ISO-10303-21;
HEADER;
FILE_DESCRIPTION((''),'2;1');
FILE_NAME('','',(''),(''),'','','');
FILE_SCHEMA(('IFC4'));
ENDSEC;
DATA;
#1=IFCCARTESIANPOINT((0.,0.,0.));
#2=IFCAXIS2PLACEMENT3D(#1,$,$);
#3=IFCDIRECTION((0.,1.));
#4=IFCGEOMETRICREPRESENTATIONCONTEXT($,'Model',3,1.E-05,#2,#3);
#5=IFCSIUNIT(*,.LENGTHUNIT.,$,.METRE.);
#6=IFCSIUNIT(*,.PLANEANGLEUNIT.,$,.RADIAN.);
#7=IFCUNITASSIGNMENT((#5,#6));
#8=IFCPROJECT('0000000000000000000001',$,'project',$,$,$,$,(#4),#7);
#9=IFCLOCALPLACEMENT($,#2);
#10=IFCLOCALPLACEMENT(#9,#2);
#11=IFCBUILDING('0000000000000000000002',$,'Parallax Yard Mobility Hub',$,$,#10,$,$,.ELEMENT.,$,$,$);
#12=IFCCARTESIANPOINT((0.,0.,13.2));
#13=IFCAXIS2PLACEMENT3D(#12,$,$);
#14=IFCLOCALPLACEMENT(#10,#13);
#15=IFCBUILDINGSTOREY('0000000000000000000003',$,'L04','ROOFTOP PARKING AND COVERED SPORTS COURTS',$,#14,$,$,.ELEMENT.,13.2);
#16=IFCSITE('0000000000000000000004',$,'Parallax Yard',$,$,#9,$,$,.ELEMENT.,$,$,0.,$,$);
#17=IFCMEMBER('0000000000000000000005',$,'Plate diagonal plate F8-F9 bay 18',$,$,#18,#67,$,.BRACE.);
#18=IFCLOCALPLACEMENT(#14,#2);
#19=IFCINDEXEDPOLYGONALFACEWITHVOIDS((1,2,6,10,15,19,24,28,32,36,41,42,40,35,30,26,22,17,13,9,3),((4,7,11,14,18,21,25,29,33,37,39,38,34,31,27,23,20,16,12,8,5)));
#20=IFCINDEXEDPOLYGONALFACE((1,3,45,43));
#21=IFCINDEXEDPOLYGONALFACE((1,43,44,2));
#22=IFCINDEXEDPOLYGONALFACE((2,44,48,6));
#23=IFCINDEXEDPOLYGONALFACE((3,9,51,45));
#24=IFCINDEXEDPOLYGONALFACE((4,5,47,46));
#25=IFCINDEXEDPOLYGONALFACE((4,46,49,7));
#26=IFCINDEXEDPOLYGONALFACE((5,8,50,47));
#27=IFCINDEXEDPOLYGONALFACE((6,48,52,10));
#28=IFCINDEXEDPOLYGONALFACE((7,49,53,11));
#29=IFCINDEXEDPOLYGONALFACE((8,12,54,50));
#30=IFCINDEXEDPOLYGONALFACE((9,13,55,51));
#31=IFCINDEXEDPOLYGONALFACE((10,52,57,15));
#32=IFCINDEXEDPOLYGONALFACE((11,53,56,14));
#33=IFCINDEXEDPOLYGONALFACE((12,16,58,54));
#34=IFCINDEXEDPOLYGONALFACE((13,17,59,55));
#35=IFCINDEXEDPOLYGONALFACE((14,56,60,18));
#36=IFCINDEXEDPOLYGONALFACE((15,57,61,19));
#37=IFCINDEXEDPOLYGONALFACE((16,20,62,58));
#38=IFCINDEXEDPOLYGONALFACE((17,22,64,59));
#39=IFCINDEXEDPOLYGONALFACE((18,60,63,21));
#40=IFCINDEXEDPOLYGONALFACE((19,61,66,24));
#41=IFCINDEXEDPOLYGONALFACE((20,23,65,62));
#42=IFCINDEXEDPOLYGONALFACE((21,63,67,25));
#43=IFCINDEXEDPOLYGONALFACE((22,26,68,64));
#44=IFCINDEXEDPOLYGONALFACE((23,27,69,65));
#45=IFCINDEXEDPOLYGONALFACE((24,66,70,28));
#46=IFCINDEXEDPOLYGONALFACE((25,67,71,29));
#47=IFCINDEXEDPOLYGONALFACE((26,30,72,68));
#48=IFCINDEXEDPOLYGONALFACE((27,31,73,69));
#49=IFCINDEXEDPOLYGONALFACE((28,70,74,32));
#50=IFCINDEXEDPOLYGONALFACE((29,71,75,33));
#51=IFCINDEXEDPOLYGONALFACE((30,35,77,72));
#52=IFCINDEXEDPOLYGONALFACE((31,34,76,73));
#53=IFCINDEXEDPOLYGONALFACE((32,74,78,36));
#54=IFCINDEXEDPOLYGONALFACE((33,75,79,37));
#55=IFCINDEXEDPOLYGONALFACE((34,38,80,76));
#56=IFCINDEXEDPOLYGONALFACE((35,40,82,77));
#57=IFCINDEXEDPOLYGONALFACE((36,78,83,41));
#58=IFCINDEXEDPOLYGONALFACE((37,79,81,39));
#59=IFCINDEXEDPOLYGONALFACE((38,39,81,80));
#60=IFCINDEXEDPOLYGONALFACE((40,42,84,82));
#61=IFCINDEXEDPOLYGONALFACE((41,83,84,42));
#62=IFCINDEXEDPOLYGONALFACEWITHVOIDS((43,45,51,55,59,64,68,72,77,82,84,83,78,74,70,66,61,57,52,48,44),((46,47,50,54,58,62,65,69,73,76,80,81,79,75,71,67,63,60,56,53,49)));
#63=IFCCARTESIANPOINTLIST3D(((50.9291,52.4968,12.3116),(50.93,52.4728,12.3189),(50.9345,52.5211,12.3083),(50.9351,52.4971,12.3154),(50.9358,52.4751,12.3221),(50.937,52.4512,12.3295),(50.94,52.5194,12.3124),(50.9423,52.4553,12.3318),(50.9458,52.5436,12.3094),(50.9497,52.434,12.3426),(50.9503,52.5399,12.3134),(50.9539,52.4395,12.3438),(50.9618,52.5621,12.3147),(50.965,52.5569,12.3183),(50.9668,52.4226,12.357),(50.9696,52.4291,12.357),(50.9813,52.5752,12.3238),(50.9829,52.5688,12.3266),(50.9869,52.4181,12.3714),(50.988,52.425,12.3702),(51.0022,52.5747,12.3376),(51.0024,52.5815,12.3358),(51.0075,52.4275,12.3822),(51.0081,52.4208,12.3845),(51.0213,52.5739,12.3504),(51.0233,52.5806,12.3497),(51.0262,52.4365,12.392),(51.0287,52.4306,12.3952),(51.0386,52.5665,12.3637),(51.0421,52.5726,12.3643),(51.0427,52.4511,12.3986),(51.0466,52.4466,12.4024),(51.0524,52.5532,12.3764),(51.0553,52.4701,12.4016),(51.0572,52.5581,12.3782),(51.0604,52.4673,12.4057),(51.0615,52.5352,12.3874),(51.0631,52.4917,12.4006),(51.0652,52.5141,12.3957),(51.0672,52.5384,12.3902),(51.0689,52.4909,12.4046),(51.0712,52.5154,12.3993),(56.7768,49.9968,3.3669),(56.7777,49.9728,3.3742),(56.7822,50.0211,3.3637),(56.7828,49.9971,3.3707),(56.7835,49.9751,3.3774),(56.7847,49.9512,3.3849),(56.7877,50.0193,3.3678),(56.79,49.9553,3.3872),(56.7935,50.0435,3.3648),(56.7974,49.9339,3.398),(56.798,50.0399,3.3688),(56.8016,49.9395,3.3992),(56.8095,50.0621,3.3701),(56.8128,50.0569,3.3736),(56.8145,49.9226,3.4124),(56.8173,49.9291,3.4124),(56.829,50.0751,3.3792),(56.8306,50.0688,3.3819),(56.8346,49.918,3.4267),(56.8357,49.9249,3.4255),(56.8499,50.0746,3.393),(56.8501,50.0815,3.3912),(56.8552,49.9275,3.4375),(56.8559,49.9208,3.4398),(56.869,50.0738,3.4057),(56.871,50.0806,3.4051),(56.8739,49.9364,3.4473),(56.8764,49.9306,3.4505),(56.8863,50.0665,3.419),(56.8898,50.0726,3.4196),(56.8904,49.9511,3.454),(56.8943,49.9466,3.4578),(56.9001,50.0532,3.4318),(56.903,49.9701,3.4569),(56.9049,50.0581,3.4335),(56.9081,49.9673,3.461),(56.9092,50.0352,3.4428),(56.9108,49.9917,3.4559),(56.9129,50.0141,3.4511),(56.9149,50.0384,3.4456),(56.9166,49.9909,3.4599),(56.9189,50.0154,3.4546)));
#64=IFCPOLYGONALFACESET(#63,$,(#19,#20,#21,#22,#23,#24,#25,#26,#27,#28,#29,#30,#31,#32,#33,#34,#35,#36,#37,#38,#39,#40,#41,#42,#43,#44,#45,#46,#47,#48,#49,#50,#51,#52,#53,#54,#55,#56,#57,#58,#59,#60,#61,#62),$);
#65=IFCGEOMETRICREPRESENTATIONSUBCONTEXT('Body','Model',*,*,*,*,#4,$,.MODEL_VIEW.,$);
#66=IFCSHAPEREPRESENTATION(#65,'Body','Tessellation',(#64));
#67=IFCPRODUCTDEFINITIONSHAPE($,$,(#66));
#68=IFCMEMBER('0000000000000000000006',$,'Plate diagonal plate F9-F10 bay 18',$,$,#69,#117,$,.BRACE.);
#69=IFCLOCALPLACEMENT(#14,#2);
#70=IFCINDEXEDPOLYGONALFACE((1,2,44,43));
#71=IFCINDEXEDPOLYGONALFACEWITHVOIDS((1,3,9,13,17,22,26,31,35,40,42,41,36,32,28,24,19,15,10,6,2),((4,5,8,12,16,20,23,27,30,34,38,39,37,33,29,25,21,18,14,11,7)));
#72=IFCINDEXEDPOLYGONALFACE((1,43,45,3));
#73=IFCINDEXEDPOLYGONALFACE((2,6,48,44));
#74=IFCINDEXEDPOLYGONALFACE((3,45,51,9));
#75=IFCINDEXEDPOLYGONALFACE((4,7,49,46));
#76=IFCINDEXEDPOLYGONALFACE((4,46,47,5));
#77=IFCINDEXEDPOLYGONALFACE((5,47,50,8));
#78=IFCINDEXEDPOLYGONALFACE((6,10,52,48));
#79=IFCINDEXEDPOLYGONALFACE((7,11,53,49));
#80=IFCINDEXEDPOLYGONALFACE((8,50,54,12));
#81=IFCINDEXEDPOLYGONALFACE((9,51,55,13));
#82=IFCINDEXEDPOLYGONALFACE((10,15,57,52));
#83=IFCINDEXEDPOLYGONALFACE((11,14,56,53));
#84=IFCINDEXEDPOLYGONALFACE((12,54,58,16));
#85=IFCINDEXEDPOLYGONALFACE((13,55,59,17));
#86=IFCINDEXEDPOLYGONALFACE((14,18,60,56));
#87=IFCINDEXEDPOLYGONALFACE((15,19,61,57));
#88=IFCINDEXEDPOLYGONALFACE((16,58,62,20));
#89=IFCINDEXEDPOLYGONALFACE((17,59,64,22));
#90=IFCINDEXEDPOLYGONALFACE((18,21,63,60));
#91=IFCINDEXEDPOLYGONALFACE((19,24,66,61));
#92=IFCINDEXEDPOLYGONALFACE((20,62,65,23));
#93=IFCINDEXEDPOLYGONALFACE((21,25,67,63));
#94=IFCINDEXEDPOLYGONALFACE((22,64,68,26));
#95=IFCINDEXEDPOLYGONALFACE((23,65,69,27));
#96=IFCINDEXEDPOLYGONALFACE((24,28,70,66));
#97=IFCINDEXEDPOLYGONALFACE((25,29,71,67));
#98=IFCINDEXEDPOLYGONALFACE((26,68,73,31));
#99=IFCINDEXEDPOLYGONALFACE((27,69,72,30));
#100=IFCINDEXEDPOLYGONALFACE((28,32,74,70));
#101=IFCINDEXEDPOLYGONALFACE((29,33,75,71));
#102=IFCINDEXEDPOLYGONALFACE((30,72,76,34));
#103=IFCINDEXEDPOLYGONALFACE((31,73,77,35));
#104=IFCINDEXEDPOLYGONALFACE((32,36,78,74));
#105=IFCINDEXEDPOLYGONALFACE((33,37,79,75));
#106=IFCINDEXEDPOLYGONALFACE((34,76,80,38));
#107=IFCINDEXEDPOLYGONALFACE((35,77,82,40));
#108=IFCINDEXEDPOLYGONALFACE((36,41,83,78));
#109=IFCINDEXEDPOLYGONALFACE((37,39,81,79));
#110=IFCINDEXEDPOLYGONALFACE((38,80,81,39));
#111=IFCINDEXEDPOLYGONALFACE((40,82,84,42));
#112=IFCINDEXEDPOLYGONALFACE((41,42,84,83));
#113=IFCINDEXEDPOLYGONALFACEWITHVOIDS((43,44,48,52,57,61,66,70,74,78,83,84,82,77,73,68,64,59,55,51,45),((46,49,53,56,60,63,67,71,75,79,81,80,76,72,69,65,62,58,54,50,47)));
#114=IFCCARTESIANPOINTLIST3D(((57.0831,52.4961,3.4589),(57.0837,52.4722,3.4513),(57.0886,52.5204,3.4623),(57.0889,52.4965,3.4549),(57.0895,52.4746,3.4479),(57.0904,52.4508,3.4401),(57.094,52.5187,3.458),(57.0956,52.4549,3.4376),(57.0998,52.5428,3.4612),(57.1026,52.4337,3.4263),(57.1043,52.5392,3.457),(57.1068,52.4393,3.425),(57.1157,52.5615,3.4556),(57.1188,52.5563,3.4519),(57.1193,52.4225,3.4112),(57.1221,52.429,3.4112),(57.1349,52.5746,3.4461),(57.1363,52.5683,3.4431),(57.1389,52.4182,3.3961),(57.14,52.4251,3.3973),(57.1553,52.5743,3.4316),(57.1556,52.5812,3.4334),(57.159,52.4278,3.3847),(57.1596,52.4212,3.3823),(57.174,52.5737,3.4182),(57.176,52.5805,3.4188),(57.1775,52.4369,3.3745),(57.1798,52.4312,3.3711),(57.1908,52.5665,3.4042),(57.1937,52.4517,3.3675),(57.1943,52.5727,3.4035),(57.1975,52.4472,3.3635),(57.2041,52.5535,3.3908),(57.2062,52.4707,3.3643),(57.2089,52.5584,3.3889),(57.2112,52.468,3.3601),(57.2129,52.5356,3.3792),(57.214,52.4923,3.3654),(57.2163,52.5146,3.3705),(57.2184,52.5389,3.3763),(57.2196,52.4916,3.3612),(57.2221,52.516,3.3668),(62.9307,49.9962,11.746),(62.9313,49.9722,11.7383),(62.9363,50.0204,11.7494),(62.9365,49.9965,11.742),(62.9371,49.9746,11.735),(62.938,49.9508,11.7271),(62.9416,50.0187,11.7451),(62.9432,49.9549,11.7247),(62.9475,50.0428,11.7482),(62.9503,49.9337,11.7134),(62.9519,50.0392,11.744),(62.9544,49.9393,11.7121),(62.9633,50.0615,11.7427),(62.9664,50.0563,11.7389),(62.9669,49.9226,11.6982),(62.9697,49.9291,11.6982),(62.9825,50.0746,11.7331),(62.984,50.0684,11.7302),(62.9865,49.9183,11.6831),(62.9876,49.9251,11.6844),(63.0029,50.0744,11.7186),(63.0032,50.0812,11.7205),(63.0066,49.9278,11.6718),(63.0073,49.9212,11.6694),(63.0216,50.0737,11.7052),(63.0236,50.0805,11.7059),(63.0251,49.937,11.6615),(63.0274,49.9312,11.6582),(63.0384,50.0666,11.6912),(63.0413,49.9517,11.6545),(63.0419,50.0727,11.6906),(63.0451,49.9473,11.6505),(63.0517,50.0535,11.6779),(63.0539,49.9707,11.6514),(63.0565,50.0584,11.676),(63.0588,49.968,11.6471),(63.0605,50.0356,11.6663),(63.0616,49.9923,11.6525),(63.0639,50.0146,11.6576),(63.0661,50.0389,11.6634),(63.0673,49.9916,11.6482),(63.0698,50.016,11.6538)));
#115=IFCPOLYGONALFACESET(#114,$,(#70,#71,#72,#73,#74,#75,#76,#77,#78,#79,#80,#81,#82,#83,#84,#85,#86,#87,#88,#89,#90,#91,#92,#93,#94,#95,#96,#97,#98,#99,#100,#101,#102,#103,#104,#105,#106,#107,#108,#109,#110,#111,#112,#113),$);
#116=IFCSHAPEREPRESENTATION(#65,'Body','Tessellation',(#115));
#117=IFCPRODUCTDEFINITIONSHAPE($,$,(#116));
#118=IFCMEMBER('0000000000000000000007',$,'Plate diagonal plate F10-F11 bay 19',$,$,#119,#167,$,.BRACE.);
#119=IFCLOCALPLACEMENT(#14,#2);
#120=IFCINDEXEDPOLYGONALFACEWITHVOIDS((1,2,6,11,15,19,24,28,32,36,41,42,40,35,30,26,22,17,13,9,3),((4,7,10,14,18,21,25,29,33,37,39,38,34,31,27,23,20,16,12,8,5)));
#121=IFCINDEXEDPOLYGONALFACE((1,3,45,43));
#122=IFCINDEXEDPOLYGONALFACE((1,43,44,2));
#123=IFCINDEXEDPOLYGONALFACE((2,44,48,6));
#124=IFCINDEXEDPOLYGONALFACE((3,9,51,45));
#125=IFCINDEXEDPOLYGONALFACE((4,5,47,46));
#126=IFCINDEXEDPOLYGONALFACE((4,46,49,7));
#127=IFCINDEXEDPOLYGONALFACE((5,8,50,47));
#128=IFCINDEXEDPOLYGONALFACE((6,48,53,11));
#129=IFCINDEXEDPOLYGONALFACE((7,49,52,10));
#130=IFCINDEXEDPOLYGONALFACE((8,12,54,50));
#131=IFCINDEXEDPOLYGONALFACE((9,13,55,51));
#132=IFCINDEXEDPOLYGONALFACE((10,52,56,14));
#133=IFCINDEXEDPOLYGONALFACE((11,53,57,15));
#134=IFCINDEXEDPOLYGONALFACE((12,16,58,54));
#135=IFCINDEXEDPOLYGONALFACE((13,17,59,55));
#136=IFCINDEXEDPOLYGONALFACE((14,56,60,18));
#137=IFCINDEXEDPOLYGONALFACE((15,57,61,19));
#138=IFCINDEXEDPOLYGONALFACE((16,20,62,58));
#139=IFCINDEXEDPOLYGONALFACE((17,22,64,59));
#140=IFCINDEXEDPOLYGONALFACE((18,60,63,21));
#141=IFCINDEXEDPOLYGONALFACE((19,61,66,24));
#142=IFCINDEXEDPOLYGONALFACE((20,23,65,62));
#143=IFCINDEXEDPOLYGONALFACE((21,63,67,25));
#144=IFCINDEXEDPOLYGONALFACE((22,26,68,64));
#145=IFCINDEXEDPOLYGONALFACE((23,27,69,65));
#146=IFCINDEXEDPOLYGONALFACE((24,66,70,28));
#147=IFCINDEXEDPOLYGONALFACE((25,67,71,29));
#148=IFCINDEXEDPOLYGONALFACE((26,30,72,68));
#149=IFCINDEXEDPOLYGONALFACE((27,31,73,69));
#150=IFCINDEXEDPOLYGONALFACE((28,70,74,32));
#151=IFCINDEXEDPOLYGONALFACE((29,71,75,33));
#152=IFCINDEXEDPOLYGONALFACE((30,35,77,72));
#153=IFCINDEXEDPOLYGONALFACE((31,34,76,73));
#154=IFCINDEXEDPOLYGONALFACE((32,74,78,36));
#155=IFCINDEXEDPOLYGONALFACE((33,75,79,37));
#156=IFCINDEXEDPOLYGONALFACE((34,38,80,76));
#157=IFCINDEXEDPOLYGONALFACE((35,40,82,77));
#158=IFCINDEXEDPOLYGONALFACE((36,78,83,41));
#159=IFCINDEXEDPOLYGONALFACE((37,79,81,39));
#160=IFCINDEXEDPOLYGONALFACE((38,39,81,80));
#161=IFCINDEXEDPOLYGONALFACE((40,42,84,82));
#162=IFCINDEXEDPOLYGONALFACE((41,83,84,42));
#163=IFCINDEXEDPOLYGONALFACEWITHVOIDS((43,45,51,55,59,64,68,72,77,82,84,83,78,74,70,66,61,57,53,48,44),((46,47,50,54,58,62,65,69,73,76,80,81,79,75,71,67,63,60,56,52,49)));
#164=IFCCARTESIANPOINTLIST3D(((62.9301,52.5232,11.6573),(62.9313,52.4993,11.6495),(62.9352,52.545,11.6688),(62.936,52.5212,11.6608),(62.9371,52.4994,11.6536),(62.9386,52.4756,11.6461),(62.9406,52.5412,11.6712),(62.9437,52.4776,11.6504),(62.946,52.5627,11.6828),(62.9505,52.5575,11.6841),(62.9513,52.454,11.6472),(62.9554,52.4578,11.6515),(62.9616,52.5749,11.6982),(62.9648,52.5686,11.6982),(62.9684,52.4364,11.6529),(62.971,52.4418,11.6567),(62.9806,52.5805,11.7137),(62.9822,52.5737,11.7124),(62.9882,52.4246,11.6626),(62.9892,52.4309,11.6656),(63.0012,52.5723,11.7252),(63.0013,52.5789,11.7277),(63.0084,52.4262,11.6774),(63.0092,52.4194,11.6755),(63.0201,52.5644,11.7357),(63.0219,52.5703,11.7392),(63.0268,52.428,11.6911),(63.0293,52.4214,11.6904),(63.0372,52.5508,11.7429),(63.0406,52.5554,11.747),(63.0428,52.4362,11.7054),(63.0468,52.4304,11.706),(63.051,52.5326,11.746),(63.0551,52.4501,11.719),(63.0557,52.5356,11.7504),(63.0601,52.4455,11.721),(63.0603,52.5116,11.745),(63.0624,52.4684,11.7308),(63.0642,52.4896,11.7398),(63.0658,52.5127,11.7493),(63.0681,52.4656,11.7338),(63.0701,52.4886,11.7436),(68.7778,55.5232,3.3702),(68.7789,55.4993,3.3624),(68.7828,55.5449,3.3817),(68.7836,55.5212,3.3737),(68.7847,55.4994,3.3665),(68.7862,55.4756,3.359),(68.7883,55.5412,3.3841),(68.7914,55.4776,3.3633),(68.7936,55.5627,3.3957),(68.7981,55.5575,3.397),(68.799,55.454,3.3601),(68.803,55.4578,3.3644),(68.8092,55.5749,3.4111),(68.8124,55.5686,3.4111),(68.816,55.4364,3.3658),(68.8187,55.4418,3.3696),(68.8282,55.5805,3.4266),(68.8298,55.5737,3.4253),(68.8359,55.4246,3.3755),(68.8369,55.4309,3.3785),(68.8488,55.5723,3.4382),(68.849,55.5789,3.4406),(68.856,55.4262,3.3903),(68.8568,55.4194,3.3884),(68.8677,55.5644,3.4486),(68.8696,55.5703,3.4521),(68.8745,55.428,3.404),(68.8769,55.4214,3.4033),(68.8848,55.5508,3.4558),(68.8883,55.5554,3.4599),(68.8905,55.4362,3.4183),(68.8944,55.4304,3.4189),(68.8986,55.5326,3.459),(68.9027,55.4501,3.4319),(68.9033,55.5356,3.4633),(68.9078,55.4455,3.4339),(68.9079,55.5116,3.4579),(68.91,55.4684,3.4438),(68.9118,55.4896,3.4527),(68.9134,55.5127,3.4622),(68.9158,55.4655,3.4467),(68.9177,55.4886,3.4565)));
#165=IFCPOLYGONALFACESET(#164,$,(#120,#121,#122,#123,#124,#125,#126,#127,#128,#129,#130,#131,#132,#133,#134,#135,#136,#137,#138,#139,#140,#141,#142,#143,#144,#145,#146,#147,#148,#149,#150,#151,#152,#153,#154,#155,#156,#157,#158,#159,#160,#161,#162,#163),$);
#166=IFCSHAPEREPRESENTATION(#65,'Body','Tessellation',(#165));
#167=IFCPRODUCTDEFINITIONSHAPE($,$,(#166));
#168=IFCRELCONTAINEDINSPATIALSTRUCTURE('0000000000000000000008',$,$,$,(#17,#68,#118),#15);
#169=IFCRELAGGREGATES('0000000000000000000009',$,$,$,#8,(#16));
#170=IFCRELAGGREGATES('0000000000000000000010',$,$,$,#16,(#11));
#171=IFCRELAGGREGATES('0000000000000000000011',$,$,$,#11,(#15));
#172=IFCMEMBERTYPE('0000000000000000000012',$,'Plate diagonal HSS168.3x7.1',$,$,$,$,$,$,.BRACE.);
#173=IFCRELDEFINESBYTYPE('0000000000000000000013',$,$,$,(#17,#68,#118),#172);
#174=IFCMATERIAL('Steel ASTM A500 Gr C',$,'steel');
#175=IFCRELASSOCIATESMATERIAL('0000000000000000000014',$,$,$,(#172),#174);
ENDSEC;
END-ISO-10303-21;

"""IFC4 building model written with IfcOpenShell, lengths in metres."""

from ifc_helpers import new_model, si_unit, direction, frame, origin, origin_2d, place, context, subcontext, project, spatial, hollow_circle, extrude, material, material_profile, profile_set, type_object, element, save


model = new_model("IFC4")

# Units and contexts
model_context = context("Model", 3, precision=1e-05, world=origin(), true_north=direction((0.0, 1.0)))
body_context = subcontext(model_context, "Body", "Model", "MODEL_VIEW")
ifc_project = project(units=[si_unit("LENGTHUNIT", "METRE"), si_unit("PLANEANGLEUNIT", "RADIAN")], contexts=[model_context])

# Site, building, storey
site_placement = place(None, origin())
site = spatial("IfcSite", under=ifc_project, at=site_placement, Name="Parallax Yard", CompositionType="ELEMENT", RefElevation=0.0)
building_placement = place(site_placement, origin())
building = spatial("IfcBuilding", under=site, at=building_placement, Name="Parallax Yard Mobility Hub", CompositionType="ELEMENT")
storey_placement = place(building_placement, frame((0.0, 0.0, 13.2)))
storey = spatial("IfcBuildingStorey", under=building, at=storey_placement, Name="L04", Description="ROOFTOP PARKING AND COVERED SPORTS COURTS", CompositionType="ELEMENT", Elevation=13.2)

# Members
ifc_material_1 = material(Name="Steel ASTM A500 Gr C", Category="steel")
ifc_material_profile_1 = material_profile(ifc_material_1, hollow_circle(Radius=0.0842, WallThickness=0.0071, at=origin_2d()), Name="HSS168.3x7.1")
ifc_profile_set_1 = profile_set([ifc_material_profile_1], Name="Steel ASTM A500 Gr C")
member_type_1 = type_object("IfcMemberType", Name="Plate diagonal HSS168.3x7.1", PredefinedType="BRACE", material=ifc_profile_set_1)
for number, where, z_axis, x_axis, name in (
    (1, (56.8477, 50.0, 3.4124), (-0.532816, 0.22779, 0.814996), (-0.393104, -0.919494, 0.0), "Plate diagonal plate F8-F9 bay 18"),
):
    element("IfcMember", number, at=place(storey_placement, frame(where, z_axis=z_axis, x_axis=x_axis)), inside=storey, type_object=member_type_1, Name=name, PredefinedType="BRACE", context=body_context, shape_type="SweptSolid", body=[
        extrude(hollow_circle(Radius=0.0842, WallThickness=0.0071, at=origin_2d()), origin(), (0.0, 0.0, 1.0), 10.9751),
    ])
member_1_placement = place(storey_placement, frame((63.0, 50.0, 11.6982), z_axis=(-0.559793, 0.239323, -0.79332), x_axis=(-0.393104, -0.919494, 0.0)))
element("IfcMember", 2, at=member_1_placement, inside=storey, type_object=member_type_1, Name="Plate diagonal plate F9-F10 bay 18", PredefinedType="BRACE", context=body_context, shape_type="SweptSolid", body=[
    extrude(hollow_circle(Radius=0.0842, WallThickness=0.0071, at=origin_2d()), origin(), (0.0, 0.0, 1.0), 10.446),
])
member_2_placement = place(storey_placement, frame((63.0, 52.5, 11.6982), z_axis=(0.552869, 0.283636, -0.783509), x_axis=(-0.456461, 0.889743, 0.0)))
element("IfcMember", 3, at=member_2_placement, inside=storey, type_object=member_type_1, Name="Plate diagonal plate F10-F11 bay 19", PredefinedType="BRACE", context=body_context, shape_type="SweptSolid", body=[
    extrude(hollow_circle(Radius=0.0842, WallThickness=0.0071, at=origin_2d()), origin(), (0.0, 0.0, 1.0), 10.5769),
])

save(model, "model.ifc")
